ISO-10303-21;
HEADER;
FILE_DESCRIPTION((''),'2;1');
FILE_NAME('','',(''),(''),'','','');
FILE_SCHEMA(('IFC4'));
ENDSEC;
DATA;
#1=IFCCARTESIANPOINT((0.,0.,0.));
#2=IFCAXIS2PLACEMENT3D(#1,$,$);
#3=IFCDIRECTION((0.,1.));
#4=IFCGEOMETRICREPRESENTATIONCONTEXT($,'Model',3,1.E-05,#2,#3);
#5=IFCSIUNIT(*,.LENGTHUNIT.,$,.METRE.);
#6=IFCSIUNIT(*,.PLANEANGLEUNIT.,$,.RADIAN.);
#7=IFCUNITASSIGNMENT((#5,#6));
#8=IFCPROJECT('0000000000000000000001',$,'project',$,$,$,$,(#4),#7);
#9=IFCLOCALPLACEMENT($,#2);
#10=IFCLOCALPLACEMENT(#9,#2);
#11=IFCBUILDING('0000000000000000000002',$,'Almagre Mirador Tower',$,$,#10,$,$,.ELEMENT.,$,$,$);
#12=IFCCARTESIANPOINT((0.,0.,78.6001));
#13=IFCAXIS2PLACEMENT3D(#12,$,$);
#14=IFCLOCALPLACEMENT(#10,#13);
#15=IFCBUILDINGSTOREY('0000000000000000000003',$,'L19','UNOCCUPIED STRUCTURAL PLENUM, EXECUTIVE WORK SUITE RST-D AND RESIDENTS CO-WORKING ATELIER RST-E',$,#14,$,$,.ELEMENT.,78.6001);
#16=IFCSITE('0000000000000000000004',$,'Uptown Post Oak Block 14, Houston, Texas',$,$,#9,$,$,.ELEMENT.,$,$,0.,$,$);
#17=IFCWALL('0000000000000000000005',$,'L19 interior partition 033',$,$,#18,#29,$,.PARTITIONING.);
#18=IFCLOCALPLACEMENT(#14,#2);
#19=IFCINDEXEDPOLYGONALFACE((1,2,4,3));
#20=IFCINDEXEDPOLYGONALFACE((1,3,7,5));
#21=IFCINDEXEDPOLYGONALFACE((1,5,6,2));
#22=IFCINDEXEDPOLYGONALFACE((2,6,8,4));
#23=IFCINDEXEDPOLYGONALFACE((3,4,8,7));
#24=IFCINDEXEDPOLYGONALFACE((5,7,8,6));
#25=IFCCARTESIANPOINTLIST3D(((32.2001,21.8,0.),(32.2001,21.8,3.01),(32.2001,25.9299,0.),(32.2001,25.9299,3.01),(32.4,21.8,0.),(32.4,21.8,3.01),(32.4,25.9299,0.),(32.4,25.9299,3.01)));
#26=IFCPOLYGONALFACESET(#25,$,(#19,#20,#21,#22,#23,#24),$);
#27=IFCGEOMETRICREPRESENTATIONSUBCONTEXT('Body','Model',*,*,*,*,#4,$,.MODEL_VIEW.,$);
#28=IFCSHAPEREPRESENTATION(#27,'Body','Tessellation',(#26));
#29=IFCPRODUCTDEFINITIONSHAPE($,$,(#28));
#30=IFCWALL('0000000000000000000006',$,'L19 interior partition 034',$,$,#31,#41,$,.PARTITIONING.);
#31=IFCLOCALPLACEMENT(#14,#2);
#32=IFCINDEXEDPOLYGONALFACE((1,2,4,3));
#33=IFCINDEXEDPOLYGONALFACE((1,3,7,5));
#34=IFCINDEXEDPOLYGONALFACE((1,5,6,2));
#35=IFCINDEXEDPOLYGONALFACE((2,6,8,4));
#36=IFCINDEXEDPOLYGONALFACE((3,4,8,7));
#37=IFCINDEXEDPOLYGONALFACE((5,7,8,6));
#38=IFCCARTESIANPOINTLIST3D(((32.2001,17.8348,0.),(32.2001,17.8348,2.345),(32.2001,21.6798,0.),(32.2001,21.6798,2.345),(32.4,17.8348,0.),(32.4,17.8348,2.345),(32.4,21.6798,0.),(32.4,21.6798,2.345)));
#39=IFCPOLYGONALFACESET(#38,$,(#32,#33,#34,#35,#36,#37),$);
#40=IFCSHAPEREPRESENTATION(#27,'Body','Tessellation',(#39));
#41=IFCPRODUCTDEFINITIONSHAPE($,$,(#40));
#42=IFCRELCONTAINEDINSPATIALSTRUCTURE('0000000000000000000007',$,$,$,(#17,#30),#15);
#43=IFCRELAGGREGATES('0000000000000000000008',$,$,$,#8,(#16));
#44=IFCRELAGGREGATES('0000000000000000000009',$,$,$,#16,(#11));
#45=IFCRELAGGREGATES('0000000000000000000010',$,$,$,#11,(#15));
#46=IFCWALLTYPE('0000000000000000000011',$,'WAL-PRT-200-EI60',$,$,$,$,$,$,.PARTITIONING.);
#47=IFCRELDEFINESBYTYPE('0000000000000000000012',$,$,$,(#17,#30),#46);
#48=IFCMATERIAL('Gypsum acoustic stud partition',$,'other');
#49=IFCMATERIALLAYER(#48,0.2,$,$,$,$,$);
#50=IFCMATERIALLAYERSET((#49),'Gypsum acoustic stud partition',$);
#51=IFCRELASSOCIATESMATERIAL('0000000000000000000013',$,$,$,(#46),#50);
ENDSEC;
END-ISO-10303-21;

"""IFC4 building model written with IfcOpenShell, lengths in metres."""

from ifc_helpers import new_model, si_unit, direction, frame, frame_2d, origin, place, context, subcontext, project, spatial, rectangle, extrude, material, layer, layer_set, type_object, element, save


model = new_model("IFC4")

# Units and contexts
model_context = context("Model", 3, precision=1e-05, world=origin(), true_north=direction((0.0, 1.0)))
body_context = subcontext(model_context, "Body", "Model", "MODEL_VIEW")
ifc_project = project(units=[si_unit("LENGTHUNIT", "METRE"), si_unit("PLANEANGLEUNIT", "RADIAN")], contexts=[model_context])

# Site, building, storey
site_placement = place(None, origin())
site = spatial("IfcSite", under=ifc_project, at=site_placement, Name="Uptown Post Oak Block 14, Houston, Texas", CompositionType="ELEMENT", RefElevation=0.0)
building_placement = place(site_placement, origin())
building = spatial("IfcBuilding", under=site, at=building_placement, Name="Almagre Mirador Tower", CompositionType="ELEMENT")
storey_placement = place(building_placement, frame((0.0, 0.0, 78.6001)))
storey = spatial("IfcBuildingStorey", under=building, at=storey_placement, Name="L19", Description="UNOCCUPIED STRUCTURAL PLENUM, EXECUTIVE WORK SUITE RST-D AND RESIDENTS CO-WORKING ATELIER RST-E", CompositionType="ELEMENT", Elevation=78.6001)

# Shared definitions
ifc_material_1 = material(Name="Gypsum acoustic stud partition", Category="other")
ifc_layer_1 = layer(ifc_material_1, 0.2)
ifc_layer_set_1 = layer_set([ifc_layer_1], Name="Gypsum acoustic stud partition")
wall_type_1 = type_object("IfcWallType", Name="WAL-PRT-200-EI60", PredefinedType="PARTITIONING", material=ifc_layer_set_1)

# Walls
wall_1_placement = place(storey_placement, frame((32.3, 21.8, 0.0), z_axis=(0.0, 0.0, 1.0), x_axis=(0.0, 1.0, 0.0)))
element("IfcWall", 1, at=wall_1_placement, inside=storey, type_object=wall_type_1, Name="L19 interior partition 033", PredefinedType="PARTITIONING", context=body_context, shape_type="SweptSolid", body=[
    extrude(rectangle(XDim=4.1299, YDim=0.2, at=frame_2d((2.0649, 0.0))), origin(), (0.0, 0.0, 1.0), 3.01),
])
wall_2_placement = place(storey_placement, frame((32.3, 17.835, 0.0), z_axis=(0.0, 0.0, 1.0), x_axis=(0.0, 1.0, 0.0)))
element("IfcWall", 2, at=wall_2_placement, inside=storey, type_object=wall_type_1, Name="L19 interior partition 034", PredefinedType="PARTITIONING", context=body_context, shape_type="SweptSolid", body=[
    extrude(rectangle(XDim=3.845, YDim=0.2, at=frame_2d((1.9224, 0.0))), origin(), (0.0, 0.0, 1.0), 2.345),
])

save(model, "model.ifc")
